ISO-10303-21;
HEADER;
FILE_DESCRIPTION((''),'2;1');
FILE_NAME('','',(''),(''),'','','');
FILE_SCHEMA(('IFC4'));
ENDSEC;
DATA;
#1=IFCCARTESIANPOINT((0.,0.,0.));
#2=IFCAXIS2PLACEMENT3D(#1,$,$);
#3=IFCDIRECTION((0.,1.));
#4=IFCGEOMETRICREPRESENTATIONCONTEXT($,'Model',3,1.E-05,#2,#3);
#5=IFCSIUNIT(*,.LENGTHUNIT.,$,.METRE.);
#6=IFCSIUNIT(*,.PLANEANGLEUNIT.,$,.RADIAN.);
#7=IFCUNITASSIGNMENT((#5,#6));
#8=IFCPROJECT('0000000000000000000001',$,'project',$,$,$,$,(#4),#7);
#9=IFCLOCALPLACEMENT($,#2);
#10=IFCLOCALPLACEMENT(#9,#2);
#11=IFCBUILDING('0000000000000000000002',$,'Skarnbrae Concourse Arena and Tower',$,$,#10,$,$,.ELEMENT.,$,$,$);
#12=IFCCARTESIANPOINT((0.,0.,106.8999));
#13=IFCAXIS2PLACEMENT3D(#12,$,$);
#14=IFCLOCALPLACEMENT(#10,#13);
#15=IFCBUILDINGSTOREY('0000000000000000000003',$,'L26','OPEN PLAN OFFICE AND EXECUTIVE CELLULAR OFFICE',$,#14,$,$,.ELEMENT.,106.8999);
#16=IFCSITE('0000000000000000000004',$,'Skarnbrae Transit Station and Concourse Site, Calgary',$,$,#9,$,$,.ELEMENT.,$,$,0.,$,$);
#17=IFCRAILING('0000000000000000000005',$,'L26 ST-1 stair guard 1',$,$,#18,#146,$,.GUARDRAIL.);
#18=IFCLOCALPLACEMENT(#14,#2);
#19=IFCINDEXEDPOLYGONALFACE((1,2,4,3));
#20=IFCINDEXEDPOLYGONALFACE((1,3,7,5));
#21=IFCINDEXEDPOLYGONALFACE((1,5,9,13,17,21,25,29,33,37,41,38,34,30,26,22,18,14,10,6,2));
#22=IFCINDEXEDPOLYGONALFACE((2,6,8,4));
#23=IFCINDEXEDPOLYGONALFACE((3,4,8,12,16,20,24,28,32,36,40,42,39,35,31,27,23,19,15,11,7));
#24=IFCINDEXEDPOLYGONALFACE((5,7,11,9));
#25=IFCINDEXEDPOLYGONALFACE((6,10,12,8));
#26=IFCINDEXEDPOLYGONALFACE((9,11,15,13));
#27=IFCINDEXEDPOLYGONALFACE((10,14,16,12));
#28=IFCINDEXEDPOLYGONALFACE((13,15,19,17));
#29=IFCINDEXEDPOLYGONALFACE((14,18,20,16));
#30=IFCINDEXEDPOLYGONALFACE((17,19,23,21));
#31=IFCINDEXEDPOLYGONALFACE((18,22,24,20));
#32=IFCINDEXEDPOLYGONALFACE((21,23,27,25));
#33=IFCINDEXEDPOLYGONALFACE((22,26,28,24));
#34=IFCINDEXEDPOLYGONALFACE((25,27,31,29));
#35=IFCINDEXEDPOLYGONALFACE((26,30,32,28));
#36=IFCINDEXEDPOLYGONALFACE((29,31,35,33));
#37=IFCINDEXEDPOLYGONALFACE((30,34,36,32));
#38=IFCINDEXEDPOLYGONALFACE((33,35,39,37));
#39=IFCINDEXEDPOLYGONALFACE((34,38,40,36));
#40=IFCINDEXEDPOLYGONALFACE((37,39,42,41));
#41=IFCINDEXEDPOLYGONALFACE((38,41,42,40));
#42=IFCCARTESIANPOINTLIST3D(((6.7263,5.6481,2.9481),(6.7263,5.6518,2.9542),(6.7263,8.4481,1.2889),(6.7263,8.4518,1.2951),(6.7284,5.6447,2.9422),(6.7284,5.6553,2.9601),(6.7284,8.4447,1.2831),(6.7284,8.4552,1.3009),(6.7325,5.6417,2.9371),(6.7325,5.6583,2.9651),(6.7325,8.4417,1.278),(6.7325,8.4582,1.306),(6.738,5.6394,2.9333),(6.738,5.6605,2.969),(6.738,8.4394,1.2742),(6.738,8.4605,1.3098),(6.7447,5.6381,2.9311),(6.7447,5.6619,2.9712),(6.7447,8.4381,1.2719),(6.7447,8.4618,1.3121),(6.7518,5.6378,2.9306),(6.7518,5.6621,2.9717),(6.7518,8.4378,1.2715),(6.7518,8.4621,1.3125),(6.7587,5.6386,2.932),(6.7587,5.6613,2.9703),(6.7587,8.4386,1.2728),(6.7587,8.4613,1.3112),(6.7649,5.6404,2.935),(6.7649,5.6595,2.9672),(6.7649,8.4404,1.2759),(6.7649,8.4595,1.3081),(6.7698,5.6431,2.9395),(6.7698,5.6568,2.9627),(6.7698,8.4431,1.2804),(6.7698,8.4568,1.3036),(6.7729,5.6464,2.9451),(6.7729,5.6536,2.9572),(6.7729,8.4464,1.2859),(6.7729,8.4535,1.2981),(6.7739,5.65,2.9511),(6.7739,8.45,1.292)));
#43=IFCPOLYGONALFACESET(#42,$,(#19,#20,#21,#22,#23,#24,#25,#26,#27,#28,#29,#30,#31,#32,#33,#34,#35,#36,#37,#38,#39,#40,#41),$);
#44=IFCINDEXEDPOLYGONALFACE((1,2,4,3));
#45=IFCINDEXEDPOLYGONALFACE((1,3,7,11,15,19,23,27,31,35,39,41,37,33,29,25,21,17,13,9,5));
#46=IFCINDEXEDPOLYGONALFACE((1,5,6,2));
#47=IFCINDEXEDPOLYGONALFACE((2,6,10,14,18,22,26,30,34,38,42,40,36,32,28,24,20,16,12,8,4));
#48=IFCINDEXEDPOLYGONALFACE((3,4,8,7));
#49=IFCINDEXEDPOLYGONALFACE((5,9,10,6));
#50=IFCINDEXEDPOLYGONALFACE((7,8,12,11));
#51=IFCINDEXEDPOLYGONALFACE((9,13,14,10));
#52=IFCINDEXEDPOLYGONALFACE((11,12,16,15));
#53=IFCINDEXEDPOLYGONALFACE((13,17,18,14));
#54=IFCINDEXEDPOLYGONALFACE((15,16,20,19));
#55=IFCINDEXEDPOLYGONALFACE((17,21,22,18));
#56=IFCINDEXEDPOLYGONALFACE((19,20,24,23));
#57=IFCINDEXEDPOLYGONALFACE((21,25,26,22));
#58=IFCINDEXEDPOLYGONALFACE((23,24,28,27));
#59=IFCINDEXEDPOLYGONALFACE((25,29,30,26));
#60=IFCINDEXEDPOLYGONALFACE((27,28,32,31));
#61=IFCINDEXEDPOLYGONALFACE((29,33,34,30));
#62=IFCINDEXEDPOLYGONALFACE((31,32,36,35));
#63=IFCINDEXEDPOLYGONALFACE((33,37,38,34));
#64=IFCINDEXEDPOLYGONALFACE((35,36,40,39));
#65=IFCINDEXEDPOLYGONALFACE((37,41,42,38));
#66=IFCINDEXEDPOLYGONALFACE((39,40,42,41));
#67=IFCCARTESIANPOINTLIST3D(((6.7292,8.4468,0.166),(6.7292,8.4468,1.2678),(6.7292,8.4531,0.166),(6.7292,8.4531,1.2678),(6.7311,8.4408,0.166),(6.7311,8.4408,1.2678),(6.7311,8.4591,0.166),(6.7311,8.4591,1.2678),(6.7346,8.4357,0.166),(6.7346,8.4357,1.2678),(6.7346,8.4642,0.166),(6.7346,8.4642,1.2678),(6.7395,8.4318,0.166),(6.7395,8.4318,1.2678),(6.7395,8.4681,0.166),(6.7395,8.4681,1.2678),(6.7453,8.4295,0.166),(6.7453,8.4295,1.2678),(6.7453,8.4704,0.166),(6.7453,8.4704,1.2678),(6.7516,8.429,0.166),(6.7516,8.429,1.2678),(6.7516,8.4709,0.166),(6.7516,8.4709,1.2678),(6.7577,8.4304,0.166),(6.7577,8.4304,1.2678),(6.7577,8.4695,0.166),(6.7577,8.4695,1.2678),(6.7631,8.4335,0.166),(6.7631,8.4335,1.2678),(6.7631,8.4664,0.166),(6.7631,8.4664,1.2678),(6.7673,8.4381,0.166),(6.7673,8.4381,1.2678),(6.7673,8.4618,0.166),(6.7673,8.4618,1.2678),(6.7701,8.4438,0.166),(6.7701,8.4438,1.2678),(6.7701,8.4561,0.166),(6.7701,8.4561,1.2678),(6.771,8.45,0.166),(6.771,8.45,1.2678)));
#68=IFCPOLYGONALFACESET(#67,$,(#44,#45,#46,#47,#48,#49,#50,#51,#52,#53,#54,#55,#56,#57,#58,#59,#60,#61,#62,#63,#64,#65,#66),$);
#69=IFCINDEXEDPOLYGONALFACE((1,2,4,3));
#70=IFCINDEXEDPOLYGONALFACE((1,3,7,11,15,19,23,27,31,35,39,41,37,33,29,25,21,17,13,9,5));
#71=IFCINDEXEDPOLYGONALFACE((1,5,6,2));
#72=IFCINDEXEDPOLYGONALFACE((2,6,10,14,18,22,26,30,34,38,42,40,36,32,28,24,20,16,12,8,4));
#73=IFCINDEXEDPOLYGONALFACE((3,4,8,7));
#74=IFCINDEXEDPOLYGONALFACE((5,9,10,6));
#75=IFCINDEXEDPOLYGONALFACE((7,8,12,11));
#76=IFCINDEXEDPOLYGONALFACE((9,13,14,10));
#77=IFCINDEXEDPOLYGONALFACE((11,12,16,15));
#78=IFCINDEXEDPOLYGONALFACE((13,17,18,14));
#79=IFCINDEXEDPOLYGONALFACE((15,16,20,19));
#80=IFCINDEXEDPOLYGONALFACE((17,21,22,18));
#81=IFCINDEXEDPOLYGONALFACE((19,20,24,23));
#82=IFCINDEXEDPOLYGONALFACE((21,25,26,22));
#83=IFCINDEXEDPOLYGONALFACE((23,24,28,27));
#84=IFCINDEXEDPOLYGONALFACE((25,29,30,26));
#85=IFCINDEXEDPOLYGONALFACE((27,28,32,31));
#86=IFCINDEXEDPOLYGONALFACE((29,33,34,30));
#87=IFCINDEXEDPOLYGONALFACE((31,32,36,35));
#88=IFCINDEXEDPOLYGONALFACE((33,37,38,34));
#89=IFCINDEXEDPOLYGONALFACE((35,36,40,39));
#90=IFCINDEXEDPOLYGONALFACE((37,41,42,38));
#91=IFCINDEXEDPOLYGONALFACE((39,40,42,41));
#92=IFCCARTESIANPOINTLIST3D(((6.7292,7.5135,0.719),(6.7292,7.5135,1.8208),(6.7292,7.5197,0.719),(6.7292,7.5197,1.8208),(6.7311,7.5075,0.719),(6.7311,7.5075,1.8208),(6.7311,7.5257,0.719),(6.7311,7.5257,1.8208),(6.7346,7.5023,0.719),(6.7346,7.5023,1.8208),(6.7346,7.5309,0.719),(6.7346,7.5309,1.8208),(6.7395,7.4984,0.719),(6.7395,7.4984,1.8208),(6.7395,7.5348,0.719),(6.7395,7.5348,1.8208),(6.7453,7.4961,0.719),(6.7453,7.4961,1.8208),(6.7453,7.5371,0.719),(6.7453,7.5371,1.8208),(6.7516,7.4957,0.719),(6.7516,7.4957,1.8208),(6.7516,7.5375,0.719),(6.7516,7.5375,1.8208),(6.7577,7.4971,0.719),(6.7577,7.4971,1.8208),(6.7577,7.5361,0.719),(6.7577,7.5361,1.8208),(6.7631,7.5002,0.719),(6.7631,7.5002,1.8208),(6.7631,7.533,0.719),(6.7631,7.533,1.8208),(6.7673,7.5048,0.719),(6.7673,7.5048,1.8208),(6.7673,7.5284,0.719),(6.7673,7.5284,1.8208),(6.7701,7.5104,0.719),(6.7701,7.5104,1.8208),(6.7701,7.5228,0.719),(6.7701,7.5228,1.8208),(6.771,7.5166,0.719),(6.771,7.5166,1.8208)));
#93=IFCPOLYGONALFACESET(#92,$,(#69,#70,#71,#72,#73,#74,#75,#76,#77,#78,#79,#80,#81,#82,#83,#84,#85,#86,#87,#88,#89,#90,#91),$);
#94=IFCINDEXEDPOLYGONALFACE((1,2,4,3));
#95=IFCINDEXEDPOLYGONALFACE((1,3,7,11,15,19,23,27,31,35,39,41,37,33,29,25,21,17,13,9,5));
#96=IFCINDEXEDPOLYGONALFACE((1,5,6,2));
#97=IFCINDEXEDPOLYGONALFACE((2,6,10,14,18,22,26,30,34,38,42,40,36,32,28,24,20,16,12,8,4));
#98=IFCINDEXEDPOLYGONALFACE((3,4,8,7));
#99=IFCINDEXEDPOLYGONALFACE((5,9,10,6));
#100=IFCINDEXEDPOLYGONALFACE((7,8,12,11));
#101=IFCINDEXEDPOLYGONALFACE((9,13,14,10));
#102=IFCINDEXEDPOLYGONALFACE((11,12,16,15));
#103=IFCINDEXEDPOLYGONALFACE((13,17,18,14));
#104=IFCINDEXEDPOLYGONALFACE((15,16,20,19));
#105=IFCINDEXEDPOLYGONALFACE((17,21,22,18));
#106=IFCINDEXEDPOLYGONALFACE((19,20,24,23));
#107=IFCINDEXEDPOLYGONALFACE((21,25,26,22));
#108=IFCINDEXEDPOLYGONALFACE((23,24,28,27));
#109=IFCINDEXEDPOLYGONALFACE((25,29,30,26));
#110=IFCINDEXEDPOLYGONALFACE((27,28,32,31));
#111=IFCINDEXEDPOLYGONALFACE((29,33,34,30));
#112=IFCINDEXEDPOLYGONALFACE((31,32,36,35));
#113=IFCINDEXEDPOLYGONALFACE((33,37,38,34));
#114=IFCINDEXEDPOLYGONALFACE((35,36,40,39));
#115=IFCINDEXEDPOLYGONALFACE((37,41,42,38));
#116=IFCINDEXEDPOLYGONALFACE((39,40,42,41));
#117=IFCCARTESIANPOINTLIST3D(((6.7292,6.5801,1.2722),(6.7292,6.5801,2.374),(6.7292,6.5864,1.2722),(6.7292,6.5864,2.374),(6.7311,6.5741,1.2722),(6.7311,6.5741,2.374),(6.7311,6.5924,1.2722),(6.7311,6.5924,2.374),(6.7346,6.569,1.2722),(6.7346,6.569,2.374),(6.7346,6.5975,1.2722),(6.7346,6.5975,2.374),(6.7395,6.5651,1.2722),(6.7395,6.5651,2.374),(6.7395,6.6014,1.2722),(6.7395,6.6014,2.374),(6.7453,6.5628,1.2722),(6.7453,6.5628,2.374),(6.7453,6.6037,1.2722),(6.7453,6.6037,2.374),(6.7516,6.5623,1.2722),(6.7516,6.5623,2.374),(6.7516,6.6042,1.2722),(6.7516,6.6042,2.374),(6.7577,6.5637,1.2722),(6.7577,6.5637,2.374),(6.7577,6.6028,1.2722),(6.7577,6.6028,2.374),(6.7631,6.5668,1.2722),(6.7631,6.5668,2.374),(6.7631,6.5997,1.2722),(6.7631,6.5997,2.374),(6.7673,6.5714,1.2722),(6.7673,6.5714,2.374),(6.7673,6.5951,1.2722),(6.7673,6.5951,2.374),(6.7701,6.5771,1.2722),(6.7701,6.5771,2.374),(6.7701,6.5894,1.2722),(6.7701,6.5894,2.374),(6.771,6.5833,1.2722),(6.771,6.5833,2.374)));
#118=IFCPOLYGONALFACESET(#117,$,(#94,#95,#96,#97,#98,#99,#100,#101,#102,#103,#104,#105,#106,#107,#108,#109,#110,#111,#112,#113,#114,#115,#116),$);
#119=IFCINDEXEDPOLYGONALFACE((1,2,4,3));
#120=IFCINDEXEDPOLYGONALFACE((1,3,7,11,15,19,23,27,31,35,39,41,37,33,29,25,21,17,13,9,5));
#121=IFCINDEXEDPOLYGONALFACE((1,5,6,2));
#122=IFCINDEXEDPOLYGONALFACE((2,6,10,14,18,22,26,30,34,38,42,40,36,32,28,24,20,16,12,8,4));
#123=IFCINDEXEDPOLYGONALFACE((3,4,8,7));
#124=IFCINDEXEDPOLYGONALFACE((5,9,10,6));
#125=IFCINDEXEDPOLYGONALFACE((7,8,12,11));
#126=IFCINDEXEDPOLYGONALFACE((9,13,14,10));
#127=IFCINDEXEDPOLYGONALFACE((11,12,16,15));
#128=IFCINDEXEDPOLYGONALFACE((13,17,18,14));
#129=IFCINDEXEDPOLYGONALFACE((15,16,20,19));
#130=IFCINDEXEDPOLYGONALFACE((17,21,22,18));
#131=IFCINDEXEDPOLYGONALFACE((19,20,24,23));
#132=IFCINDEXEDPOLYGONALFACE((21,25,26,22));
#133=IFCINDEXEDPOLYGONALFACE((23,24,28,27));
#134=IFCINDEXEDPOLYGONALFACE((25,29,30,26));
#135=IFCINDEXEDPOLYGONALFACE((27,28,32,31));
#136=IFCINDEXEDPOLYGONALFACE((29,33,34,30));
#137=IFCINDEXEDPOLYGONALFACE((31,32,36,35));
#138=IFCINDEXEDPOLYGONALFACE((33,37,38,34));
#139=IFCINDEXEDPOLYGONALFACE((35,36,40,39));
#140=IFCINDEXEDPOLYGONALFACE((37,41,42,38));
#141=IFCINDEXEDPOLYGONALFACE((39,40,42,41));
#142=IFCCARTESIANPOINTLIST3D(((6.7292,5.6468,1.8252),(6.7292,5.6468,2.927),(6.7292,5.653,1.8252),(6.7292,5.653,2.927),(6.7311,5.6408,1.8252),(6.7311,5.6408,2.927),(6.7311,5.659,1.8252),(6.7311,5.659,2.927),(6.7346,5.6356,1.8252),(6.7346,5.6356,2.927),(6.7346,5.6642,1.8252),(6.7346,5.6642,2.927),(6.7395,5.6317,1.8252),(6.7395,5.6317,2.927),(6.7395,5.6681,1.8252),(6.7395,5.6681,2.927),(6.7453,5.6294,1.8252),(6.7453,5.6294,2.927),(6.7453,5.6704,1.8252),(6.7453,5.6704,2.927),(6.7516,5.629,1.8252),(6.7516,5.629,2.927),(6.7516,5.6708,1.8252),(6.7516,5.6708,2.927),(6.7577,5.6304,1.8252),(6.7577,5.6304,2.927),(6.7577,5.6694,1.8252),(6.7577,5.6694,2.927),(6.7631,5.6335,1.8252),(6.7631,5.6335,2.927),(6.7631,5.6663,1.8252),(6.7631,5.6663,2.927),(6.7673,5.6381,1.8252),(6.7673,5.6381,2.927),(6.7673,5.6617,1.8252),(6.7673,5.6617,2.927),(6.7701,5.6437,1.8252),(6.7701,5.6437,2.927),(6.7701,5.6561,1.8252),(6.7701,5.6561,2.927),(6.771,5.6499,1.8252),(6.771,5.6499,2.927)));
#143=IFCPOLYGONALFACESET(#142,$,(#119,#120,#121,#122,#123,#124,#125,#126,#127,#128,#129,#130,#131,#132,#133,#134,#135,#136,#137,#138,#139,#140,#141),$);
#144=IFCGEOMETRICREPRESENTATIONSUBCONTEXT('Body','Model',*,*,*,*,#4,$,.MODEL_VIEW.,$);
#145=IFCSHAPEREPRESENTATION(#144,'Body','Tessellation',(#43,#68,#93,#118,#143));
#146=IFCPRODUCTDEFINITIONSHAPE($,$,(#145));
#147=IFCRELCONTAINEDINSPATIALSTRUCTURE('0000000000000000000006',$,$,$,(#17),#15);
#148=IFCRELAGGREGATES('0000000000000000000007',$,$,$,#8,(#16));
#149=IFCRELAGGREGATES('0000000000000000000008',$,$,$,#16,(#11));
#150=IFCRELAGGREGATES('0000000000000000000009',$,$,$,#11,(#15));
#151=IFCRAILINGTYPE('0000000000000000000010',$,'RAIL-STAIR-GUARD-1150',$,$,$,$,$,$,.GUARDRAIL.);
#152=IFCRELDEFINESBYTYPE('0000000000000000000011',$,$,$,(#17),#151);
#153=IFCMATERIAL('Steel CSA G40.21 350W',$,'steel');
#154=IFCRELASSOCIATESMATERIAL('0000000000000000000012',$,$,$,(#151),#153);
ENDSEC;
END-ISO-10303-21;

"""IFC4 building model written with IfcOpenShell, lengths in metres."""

from ifc_helpers import new_model, si_unit, direction, frame, origin, origin_2d, place, context, subcontext, project, spatial, circle, extrude, material, type_object, element, save


model = new_model("IFC4")

# Units and contexts
model_context = context("Model", 3, precision=1e-05, world=origin(), true_north=direction((0.0, 1.0)))
body_context = subcontext(model_context, "Body", "Model", "MODEL_VIEW")
ifc_project = project(units=[si_unit("LENGTHUNIT", "METRE"), si_unit("PLANEANGLEUNIT", "RADIAN")], contexts=[model_context])

# Site, building, storey
site_placement = place(None, origin())
site = spatial("IfcSite", under=ifc_project, at=site_placement, Name="Skarnbrae Transit Station and Concourse Site, Calgary", CompositionType="ELEMENT", RefElevation=0.0)
building_placement = place(site_placement, origin())
building = spatial("IfcBuilding", under=site, at=building_placement, Name="Skarnbrae Concourse Arena and Tower", CompositionType="ELEMENT")
storey_placement = place(building_placement, frame((0.0, 0.0, 106.8999)))
storey = spatial("IfcBuildingStorey", under=building, at=storey_placement, Name="L26", Description="OPEN PLAN OFFICE AND EXECUTIVE CELLULAR OFFICE", CompositionType="ELEMENT", Elevation=106.8999)

# Shared definitions
ifc_material_1 = material(Name="Steel CSA G40.21 350W", Category="steel")

# Railing
railing_type_1 = type_object("IfcRailingType", Name="RAIL-STAIR-GUARD-1150", PredefinedType="GUARDRAIL", material=ifc_material_1)
railing_1_placement = place(storey_placement, frame((6.75, 8.45, 0.166)))
element("IfcRailing", 1, at=railing_1_placement, inside=storey, type_object=railing_type_1, Name="L26 ST-1 stair guard 1", PredefinedType="GUARDRAIL", context=body_context, shape_type="SweptSolid", body=[
    extrude(circle(Radius=0.0239, at=origin_2d()), frame((0.0, 0.0, 1.126), z_axis=(0.0, -0.860306, 0.509778), x_axis=(1.0, 0.0, 0.0)), (0.0, 0.0, 1.0), 3.2546),
    extrude(circle(Radius=0.021, at=origin_2d()), origin(), (0.0, 0.0, 1.0), 1.1018),
    extrude(circle(Radius=0.021, at=origin_2d()), frame((0.0, -0.9333, 0.553)), (0.0, 0.0, 1.0), 1.1018),
    extrude(circle(Radius=0.021, at=origin_2d()), frame((0.0, -1.8667, 1.1062)), (0.0, 0.0, 1.0), 1.1018),
    extrude(circle(Radius=0.021, at=origin_2d()), frame((0.0, -2.8, 1.6592)), (0.0, 0.0, 1.0), 1.1018),
])

save(model, "model.ifc")
